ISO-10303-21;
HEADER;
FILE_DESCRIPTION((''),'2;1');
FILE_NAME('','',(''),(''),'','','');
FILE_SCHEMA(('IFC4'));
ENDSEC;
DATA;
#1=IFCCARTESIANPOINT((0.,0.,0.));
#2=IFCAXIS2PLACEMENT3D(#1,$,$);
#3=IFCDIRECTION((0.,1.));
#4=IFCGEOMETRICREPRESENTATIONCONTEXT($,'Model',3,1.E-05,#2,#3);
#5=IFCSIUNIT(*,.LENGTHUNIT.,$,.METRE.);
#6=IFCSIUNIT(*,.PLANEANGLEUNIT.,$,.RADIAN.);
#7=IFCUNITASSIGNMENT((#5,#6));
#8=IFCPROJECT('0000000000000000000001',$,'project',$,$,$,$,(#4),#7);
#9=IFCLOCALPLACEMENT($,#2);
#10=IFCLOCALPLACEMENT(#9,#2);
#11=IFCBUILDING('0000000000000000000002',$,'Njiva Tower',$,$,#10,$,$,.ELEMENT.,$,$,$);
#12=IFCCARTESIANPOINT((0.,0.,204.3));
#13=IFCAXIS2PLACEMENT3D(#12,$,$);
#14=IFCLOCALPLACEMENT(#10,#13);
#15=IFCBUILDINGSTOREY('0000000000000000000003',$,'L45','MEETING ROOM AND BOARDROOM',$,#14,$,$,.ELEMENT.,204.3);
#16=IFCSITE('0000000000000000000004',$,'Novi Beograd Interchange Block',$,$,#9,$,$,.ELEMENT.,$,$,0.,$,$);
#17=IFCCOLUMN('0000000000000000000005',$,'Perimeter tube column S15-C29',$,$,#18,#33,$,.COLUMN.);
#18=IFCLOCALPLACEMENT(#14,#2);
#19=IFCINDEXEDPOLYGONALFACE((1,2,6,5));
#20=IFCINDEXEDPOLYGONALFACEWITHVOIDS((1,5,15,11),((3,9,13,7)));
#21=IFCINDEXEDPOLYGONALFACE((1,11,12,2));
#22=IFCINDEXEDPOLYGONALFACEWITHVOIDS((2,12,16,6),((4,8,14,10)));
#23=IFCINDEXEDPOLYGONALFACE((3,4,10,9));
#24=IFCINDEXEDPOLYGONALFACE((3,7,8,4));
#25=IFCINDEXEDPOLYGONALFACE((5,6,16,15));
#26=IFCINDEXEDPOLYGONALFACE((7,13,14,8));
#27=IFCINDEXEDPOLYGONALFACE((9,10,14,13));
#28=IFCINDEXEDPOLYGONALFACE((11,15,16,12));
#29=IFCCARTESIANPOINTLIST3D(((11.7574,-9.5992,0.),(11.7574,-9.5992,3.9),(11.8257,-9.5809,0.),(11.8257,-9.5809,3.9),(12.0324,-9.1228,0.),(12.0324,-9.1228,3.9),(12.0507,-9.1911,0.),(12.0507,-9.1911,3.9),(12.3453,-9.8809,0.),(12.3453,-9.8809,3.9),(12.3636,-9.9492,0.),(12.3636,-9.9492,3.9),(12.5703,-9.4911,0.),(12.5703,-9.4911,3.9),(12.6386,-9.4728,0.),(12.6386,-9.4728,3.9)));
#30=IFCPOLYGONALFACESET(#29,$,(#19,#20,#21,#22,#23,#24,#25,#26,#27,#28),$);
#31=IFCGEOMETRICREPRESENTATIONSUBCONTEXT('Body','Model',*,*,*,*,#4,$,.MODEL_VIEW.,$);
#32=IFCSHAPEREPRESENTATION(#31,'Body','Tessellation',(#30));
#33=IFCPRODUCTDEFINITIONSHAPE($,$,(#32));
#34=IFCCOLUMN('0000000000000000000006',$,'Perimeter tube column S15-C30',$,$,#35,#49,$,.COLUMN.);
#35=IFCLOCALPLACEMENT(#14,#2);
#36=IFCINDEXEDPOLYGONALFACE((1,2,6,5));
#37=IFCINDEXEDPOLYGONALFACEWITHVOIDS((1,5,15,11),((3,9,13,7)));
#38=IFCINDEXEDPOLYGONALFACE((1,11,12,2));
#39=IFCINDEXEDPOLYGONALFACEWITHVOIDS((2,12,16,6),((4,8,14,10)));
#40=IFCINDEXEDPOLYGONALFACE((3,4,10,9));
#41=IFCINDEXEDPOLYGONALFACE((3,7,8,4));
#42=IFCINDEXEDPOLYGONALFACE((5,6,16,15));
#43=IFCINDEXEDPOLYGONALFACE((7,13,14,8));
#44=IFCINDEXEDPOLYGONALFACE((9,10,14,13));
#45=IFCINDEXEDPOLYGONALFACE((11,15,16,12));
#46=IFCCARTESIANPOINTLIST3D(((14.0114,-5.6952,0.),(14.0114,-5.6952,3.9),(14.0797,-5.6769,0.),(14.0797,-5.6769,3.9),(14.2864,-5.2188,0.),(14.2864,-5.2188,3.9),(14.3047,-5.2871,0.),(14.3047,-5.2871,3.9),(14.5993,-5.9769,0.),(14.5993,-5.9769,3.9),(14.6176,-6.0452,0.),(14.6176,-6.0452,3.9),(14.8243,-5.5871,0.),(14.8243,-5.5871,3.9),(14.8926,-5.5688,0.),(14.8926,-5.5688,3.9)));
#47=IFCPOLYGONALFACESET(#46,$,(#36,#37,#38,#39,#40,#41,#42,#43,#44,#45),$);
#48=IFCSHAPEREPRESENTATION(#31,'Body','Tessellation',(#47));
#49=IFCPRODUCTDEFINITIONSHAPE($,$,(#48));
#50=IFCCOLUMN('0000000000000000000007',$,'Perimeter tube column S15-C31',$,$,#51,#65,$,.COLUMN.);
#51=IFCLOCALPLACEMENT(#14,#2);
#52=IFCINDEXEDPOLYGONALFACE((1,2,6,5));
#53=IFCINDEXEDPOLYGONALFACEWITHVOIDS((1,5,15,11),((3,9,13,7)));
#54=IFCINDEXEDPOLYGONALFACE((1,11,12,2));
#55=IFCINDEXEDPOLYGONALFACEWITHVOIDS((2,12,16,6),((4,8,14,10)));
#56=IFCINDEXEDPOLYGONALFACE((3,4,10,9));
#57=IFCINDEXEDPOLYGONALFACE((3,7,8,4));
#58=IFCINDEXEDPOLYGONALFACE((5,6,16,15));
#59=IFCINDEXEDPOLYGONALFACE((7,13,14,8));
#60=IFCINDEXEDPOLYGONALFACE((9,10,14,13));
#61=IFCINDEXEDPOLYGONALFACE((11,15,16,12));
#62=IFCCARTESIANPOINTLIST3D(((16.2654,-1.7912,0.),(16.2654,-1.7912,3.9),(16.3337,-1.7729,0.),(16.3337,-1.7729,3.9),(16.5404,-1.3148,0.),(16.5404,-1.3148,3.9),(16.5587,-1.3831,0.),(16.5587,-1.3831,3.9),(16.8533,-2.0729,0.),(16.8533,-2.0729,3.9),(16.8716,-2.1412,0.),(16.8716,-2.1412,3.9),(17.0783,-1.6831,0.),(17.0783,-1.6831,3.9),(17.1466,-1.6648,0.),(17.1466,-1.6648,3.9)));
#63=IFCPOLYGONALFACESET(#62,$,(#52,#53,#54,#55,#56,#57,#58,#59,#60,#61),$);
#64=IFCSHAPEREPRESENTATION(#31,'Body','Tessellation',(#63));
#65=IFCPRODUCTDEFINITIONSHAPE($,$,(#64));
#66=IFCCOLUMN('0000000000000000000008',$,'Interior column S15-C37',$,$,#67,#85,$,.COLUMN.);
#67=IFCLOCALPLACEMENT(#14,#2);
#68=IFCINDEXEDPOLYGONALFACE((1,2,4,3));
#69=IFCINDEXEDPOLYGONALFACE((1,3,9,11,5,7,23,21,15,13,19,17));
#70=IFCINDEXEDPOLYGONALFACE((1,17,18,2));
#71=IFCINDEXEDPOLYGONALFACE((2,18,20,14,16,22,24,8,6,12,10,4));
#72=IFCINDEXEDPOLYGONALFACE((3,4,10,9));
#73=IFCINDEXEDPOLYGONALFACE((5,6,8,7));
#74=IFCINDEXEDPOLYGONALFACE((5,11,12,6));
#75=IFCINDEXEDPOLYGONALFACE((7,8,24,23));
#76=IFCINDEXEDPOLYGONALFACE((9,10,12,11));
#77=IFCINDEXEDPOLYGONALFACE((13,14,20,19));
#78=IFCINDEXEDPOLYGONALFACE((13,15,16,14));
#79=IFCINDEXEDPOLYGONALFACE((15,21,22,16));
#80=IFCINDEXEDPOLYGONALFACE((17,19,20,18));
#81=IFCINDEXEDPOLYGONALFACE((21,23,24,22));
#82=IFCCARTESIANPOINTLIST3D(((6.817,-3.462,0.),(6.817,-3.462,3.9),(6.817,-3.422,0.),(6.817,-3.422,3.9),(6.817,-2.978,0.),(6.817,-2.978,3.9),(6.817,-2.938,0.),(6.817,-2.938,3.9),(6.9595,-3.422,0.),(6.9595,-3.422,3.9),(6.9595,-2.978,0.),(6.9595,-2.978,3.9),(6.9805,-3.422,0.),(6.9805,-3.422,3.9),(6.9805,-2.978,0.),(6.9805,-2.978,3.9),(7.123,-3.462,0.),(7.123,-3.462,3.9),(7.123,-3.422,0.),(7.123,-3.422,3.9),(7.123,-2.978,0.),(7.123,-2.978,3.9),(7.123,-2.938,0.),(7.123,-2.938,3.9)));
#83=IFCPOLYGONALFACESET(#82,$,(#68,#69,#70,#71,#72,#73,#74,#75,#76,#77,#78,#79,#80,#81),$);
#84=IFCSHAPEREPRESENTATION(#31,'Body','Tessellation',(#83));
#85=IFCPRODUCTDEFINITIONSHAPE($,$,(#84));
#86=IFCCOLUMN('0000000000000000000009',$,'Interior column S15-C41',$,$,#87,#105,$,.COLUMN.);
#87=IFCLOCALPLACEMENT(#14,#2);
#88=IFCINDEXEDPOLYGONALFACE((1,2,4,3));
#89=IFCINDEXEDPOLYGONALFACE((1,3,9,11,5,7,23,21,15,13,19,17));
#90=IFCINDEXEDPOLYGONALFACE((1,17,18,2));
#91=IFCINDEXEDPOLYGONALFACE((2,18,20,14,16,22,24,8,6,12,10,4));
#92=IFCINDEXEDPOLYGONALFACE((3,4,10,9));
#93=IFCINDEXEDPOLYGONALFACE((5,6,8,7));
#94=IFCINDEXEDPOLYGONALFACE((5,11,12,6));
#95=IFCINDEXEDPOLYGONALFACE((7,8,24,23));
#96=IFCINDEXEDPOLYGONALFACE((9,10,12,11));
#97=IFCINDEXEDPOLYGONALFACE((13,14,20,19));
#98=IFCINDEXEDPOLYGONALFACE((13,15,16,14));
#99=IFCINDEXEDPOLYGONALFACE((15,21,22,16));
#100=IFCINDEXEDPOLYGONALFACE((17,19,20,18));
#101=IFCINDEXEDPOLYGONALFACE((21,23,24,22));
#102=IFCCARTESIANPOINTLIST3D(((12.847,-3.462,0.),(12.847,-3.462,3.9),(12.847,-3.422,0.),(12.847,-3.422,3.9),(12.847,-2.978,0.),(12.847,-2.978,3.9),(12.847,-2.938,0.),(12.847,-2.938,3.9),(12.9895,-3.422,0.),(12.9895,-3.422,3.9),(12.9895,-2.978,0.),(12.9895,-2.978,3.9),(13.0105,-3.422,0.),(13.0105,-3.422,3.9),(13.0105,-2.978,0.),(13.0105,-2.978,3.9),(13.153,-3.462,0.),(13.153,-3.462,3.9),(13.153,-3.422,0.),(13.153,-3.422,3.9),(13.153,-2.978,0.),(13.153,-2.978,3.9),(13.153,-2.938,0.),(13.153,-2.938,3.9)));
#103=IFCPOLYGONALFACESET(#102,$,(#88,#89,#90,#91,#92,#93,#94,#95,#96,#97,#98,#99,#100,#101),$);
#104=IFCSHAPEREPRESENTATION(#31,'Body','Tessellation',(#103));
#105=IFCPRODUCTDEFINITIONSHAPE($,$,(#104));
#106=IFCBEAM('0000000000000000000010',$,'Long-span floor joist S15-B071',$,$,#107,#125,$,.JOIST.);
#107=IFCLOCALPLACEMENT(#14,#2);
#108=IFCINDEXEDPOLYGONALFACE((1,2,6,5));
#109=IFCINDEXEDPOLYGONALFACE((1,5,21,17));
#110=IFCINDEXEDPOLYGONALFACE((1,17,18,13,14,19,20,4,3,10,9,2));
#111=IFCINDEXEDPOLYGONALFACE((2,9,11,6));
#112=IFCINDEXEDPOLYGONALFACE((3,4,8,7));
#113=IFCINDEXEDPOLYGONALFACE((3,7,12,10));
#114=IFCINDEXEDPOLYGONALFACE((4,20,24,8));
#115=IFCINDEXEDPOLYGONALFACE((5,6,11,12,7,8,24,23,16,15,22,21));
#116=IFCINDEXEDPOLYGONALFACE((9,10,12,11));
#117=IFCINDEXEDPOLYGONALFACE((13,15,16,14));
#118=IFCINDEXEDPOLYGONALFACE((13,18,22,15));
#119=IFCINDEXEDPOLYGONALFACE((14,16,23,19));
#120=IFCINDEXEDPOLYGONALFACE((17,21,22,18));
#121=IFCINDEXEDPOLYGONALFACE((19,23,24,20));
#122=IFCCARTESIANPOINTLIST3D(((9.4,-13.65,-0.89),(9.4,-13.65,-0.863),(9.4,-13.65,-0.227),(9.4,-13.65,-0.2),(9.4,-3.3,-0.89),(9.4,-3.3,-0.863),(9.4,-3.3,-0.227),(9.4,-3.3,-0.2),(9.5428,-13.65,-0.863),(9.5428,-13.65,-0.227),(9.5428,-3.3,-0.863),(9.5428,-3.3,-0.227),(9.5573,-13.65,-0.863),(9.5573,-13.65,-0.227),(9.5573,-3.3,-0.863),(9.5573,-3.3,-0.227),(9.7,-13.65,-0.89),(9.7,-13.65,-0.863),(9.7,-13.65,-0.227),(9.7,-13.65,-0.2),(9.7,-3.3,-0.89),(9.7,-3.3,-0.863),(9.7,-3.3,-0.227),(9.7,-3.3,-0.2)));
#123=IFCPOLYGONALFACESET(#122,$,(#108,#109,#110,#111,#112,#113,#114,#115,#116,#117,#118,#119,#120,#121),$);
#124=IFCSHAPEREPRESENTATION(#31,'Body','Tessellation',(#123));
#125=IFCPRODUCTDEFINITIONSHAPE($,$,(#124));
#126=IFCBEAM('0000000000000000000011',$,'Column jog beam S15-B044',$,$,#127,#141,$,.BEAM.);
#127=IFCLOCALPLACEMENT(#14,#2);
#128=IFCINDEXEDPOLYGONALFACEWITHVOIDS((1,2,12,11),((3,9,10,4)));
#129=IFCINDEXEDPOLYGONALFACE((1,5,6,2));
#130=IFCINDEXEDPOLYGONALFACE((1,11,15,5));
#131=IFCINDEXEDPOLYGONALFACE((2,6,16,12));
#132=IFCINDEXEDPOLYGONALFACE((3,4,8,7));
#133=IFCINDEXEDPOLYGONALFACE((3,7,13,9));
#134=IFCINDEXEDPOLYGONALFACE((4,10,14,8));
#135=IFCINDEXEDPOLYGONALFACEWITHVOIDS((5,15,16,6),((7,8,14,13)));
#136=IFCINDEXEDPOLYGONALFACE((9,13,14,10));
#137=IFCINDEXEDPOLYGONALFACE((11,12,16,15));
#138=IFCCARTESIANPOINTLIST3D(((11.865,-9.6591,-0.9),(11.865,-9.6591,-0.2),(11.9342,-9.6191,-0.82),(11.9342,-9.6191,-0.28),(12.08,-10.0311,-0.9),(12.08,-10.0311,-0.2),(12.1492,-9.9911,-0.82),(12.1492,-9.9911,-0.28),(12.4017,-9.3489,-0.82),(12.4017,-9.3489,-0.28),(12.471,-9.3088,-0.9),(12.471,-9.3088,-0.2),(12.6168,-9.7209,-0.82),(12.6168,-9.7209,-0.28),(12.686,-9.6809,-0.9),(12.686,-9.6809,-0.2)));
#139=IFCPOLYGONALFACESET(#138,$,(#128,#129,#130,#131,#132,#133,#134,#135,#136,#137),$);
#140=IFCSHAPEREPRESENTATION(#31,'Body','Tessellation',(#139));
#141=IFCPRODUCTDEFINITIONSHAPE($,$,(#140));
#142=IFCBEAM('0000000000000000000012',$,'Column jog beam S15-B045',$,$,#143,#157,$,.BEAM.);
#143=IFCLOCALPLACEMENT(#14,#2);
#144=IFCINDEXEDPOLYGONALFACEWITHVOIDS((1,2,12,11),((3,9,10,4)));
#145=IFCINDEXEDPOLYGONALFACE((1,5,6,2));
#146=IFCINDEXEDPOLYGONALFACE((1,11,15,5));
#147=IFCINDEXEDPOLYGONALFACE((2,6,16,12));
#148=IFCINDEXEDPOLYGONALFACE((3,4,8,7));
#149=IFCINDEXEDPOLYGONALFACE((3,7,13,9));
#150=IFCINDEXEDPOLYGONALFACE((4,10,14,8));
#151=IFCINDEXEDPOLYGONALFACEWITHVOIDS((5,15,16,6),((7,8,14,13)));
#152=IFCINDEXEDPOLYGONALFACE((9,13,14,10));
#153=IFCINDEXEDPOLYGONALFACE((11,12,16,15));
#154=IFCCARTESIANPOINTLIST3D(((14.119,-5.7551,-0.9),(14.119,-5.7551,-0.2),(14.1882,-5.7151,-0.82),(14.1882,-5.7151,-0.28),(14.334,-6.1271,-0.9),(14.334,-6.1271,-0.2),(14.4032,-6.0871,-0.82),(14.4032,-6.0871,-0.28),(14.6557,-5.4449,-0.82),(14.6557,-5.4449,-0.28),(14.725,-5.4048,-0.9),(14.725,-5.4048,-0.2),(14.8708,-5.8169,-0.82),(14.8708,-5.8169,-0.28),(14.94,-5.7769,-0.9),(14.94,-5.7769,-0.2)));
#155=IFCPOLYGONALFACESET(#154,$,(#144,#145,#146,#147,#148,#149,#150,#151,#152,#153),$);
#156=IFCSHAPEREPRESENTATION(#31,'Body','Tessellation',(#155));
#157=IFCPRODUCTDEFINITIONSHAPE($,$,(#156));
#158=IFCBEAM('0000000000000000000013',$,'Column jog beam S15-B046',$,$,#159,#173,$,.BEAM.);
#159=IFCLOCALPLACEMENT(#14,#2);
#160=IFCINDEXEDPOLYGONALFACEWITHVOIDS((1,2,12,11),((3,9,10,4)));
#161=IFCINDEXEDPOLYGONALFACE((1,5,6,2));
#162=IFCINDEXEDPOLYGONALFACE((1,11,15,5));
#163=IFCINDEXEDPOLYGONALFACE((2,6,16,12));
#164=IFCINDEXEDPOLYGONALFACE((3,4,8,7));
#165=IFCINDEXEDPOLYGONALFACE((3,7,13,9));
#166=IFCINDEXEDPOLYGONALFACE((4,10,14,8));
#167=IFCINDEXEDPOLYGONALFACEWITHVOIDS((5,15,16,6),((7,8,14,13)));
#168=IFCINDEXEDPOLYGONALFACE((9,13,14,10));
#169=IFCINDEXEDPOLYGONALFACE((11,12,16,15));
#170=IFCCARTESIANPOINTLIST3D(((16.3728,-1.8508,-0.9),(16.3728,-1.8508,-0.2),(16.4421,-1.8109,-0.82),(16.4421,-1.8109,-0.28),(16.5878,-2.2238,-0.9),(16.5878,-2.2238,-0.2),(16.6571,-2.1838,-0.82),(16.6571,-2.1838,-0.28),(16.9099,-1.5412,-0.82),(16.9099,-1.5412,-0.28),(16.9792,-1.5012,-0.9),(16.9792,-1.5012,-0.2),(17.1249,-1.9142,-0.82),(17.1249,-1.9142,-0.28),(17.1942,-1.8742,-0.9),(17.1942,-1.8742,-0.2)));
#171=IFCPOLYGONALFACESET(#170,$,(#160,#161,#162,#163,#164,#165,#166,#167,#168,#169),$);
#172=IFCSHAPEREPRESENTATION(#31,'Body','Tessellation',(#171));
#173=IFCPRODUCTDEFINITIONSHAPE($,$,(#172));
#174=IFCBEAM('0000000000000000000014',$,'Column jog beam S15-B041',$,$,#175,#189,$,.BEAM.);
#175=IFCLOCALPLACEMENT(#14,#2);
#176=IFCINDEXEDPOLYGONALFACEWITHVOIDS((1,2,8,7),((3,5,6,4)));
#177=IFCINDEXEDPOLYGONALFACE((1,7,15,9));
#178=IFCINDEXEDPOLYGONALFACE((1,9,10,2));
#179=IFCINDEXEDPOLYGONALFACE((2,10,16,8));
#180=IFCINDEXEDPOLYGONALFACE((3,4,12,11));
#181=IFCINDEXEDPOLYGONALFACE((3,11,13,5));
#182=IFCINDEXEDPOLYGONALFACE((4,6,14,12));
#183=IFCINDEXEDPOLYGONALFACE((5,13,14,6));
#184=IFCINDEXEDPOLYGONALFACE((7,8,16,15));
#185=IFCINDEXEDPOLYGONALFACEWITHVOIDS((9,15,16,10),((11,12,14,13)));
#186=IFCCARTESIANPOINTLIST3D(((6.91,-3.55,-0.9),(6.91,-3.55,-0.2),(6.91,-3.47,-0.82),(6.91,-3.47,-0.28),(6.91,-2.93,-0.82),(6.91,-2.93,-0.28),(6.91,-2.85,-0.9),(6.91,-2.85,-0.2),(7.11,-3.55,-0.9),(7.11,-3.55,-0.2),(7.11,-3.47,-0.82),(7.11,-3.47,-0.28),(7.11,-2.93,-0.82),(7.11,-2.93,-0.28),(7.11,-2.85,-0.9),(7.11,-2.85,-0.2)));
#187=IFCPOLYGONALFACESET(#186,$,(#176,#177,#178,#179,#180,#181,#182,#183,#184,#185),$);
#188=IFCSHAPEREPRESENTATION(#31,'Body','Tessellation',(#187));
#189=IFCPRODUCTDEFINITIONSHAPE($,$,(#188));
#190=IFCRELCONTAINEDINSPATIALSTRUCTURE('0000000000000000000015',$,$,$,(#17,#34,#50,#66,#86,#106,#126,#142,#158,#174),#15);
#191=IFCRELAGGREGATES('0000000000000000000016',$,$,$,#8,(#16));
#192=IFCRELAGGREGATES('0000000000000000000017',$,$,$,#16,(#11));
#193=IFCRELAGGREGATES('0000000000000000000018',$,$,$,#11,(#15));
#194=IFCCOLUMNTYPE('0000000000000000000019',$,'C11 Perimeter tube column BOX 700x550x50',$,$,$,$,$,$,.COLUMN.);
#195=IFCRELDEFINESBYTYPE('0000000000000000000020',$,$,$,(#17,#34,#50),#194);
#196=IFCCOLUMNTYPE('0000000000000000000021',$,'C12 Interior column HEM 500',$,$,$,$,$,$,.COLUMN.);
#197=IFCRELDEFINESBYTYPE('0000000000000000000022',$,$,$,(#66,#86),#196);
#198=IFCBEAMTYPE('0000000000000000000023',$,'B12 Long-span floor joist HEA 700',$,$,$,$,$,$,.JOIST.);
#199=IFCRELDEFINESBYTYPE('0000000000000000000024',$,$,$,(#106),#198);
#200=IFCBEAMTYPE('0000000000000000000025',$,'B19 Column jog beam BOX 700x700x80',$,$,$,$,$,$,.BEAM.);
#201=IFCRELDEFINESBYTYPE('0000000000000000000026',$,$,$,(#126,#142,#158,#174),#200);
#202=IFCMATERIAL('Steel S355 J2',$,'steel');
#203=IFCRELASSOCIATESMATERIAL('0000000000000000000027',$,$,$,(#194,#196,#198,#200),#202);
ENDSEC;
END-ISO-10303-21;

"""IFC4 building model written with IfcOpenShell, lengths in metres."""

from ifc_helpers import new_model, si_unit, direction, frame, origin, origin_2d, place, context, subcontext, project, spatial, hollow_rectangle, i_section, extrude, material, material_profile, profile_set, type_object, element, save


model = new_model("IFC4")

# Units and contexts
model_context = context("Model", 3, precision=1e-05, world=origin(), true_north=direction((0.0, 1.0)))
body_context = subcontext(model_context, "Body", "Model", "MODEL_VIEW")
ifc_project = project(units=[si_unit("LENGTHUNIT", "METRE"), si_unit("PLANEANGLEUNIT", "RADIAN")], contexts=[model_context])

# Site, building, storey
site_placement = place(None, origin())
site = spatial("IfcSite", under=ifc_project, at=site_placement, Name="Novi Beograd Interchange Block", CompositionType="ELEMENT", RefElevation=0.0)
building_placement = place(site_placement, origin())
building = spatial("IfcBuilding", under=site, at=building_placement, Name="Njiva Tower", CompositionType="ELEMENT")
storey_placement = place(building_placement, frame((0.0, 0.0, 204.3)))
storey = spatial("IfcBuildingStorey", under=building, at=storey_placement, Name="L45", Description="MEETING ROOM AND BOARDROOM", CompositionType="ELEMENT", Elevation=204.3)

# Columns
ifc_material_1 = material(Name="Steel S355 J2", Category="steel")
ifc_material_profile_1 = material_profile(ifc_material_1, hollow_rectangle(XDim=0.55, YDim=0.7, WallThickness=0.05, at=origin_2d()), Name="BOX 700x550x50")
ifc_profile_set_1 = profile_set([ifc_material_profile_1], Name="Steel S355 J2")
column_type_1 = type_object("IfcColumnType", Name="C11 Perimeter tube column BOX 700x550x50", PredefinedType="COLUMN", material=ifc_profile_set_1)
for number, where, z_axis, x_axis, name in (
    (1, (12.198, -9.536, 0.0), (0.0, 0.0, 1.0), (0.5, 0.866025, 0.0), "Perimeter tube column S15-C29"),
    (2, (14.452, -5.632, 0.0), (0.0, 0.0, 1.0), (0.5, 0.866025, 0.0), "Perimeter tube column S15-C30"),
    (3, (16.706, -1.728, 0.0), (0.0, 0.0, 1.0), (0.5, 0.866025, 0.0), "Perimeter tube column S15-C31"),
):
    element("IfcColumn", number, at=place(storey_placement, frame(where, z_axis=z_axis, x_axis=x_axis)), inside=storey, type_object=column_type_1, Name=name, PredefinedType="COLUMN", context=body_context, shape_type="SweptSolid", body=[
        extrude(hollow_rectangle(XDim=0.55, YDim=0.7, WallThickness=0.05, at=origin_2d()), origin(), (0.0, 0.0, 1.0), 3.9),
    ])
ifc_material_profile_2 = material_profile(ifc_material_1, i_section(OverallWidth=0.306, OverallDepth=0.524, WebThickness=0.021, FlangeThickness=0.04, at=origin_2d()), Name="HEM 500")
ifc_profile_set_2 = profile_set([ifc_material_profile_2], Name="Steel S355 J2")
column_type_2 = type_object("IfcColumnType", Name="C12 Interior column HEM 500", PredefinedType="COLUMN", material=ifc_profile_set_2)
for number, where, z_axis, x_axis, name in (
    (4, (6.97, -3.2, 0.0), (0.0, 0.0, 1.0), (1.0, 0.0, 0.0), "Interior column S15-C37"),
    (5, (13.0, -3.2, 0.0), (0.0, 0.0, 1.0), (1.0, 0.0, 0.0), "Interior column S15-C41"),
):
    element("IfcColumn", number, at=place(storey_placement, frame(where, z_axis=z_axis, x_axis=x_axis)), inside=storey, type_object=column_type_2, Name=name, PredefinedType="COLUMN", context=body_context, shape_type="SweptSolid", body=[
        extrude(i_section(OverallWidth=0.306, OverallDepth=0.524, WebThickness=0.021, FlangeThickness=0.04, at=origin_2d()), origin(), (0.0, 0.0, 1.0), 3.9),
    ])

# Beams
ifc_material_profile_3 = material_profile(ifc_material_1, i_section(OverallWidth=0.3, OverallDepth=0.69, WebThickness=0.0145, FlangeThickness=0.027, at=origin_2d()), Name="HEA 700")
ifc_profile_set_3 = profile_set([ifc_material_profile_3], Name="Steel S355 J2")
beam_type_1 = type_object("IfcBeamType", Name="B12 Long-span floor joist HEA 700", PredefinedType="JOIST", material=ifc_profile_set_3)
beam_1_placement = place(storey_placement, frame((9.55, -3.3, -0.545), z_axis=(0.0, -1.0, 0.0), x_axis=(1.0, 0.0, 0.0)))
element("IfcBeam", 6, at=beam_1_placement, inside=storey, type_object=beam_type_1, Name="Long-span floor joist S15-B071", PredefinedType="JOIST", context=body_context, shape_type="SweptSolid", body=[
    extrude(i_section(OverallWidth=0.3, OverallDepth=0.69, WebThickness=0.0145, FlangeThickness=0.027, at=origin_2d()), origin(), (0.0, 0.0, 1.0), 10.35),
])
ifc_material_profile_4 = material_profile(ifc_material_1, hollow_rectangle(XDim=0.7, YDim=0.7, WallThickness=0.08, at=origin_2d()), Name="BOX 700x700x80")
ifc_profile_set_4 = profile_set([ifc_material_profile_4], Name="Steel S355 J2")
beam_type_2 = type_object("IfcBeamType", Name="B19 Column jog beam BOX 700x700x80", PredefinedType="BEAM", material=ifc_profile_set_4)
for number, where, z_axis, x_axis, name in (
    (7, (12.383, -9.856, -0.55), (-0.500394, 0.865798, 0.0), (-0.865798, -0.500394, 0.0), "Column jog beam S15-B044"),
    (8, (14.637, -5.952, -0.55), (-0.500394, 0.865798, 0.0), (-0.865798, -0.500394, 0.0), "Column jog beam S15-B045"),
):
    element("IfcBeam", number, at=place(storey_placement, frame(where, z_axis=z_axis, x_axis=x_axis)), inside=storey, type_object=beam_type_2, Name=name, PredefinedType="BEAM", context=body_context, shape_type="SweptSolid", body=[
        extrude(hollow_rectangle(XDim=0.7, YDim=0.7, WallThickness=0.08, at=origin_2d()), origin(), (0.0, 0.0, 1.0), 0.4297),
    ])
beam_2_placement = place(storey_placement, frame((16.891, -2.049, -0.55), z_axis=(-0.499387, 0.866379, 0.0), x_axis=(-0.866379, -0.499387, 0.0)))
element("IfcBeam", 9, at=beam_2_placement, inside=storey, type_object=beam_type_2, Name="Column jog beam S15-B046", PredefinedType="BEAM", context=body_context, shape_type="SweptSolid", body=[
    extrude(hollow_rectangle(XDim=0.7, YDim=0.7, WallThickness=0.08, at=origin_2d()), origin(), (0.0, 0.0, 1.0), 0.4305),
])
beam_3_placement = place(storey_placement, frame((7.11, -3.2, -0.55), z_axis=(-1.0, 0.0, 0.0), x_axis=(0.0, -1.0, 0.0)))
element("IfcBeam", 10, at=beam_3_placement, inside=storey, type_object=beam_type_2, Name="Column jog beam S15-B041", PredefinedType="BEAM", context=body_context, shape_type="SweptSolid", body=[
    extrude(hollow_rectangle(XDim=0.7, YDim=0.7, WallThickness=0.08, at=origin_2d()), origin(), (0.0, 0.0, 1.0), 0.2),
])

save(model, "model.ifc")
